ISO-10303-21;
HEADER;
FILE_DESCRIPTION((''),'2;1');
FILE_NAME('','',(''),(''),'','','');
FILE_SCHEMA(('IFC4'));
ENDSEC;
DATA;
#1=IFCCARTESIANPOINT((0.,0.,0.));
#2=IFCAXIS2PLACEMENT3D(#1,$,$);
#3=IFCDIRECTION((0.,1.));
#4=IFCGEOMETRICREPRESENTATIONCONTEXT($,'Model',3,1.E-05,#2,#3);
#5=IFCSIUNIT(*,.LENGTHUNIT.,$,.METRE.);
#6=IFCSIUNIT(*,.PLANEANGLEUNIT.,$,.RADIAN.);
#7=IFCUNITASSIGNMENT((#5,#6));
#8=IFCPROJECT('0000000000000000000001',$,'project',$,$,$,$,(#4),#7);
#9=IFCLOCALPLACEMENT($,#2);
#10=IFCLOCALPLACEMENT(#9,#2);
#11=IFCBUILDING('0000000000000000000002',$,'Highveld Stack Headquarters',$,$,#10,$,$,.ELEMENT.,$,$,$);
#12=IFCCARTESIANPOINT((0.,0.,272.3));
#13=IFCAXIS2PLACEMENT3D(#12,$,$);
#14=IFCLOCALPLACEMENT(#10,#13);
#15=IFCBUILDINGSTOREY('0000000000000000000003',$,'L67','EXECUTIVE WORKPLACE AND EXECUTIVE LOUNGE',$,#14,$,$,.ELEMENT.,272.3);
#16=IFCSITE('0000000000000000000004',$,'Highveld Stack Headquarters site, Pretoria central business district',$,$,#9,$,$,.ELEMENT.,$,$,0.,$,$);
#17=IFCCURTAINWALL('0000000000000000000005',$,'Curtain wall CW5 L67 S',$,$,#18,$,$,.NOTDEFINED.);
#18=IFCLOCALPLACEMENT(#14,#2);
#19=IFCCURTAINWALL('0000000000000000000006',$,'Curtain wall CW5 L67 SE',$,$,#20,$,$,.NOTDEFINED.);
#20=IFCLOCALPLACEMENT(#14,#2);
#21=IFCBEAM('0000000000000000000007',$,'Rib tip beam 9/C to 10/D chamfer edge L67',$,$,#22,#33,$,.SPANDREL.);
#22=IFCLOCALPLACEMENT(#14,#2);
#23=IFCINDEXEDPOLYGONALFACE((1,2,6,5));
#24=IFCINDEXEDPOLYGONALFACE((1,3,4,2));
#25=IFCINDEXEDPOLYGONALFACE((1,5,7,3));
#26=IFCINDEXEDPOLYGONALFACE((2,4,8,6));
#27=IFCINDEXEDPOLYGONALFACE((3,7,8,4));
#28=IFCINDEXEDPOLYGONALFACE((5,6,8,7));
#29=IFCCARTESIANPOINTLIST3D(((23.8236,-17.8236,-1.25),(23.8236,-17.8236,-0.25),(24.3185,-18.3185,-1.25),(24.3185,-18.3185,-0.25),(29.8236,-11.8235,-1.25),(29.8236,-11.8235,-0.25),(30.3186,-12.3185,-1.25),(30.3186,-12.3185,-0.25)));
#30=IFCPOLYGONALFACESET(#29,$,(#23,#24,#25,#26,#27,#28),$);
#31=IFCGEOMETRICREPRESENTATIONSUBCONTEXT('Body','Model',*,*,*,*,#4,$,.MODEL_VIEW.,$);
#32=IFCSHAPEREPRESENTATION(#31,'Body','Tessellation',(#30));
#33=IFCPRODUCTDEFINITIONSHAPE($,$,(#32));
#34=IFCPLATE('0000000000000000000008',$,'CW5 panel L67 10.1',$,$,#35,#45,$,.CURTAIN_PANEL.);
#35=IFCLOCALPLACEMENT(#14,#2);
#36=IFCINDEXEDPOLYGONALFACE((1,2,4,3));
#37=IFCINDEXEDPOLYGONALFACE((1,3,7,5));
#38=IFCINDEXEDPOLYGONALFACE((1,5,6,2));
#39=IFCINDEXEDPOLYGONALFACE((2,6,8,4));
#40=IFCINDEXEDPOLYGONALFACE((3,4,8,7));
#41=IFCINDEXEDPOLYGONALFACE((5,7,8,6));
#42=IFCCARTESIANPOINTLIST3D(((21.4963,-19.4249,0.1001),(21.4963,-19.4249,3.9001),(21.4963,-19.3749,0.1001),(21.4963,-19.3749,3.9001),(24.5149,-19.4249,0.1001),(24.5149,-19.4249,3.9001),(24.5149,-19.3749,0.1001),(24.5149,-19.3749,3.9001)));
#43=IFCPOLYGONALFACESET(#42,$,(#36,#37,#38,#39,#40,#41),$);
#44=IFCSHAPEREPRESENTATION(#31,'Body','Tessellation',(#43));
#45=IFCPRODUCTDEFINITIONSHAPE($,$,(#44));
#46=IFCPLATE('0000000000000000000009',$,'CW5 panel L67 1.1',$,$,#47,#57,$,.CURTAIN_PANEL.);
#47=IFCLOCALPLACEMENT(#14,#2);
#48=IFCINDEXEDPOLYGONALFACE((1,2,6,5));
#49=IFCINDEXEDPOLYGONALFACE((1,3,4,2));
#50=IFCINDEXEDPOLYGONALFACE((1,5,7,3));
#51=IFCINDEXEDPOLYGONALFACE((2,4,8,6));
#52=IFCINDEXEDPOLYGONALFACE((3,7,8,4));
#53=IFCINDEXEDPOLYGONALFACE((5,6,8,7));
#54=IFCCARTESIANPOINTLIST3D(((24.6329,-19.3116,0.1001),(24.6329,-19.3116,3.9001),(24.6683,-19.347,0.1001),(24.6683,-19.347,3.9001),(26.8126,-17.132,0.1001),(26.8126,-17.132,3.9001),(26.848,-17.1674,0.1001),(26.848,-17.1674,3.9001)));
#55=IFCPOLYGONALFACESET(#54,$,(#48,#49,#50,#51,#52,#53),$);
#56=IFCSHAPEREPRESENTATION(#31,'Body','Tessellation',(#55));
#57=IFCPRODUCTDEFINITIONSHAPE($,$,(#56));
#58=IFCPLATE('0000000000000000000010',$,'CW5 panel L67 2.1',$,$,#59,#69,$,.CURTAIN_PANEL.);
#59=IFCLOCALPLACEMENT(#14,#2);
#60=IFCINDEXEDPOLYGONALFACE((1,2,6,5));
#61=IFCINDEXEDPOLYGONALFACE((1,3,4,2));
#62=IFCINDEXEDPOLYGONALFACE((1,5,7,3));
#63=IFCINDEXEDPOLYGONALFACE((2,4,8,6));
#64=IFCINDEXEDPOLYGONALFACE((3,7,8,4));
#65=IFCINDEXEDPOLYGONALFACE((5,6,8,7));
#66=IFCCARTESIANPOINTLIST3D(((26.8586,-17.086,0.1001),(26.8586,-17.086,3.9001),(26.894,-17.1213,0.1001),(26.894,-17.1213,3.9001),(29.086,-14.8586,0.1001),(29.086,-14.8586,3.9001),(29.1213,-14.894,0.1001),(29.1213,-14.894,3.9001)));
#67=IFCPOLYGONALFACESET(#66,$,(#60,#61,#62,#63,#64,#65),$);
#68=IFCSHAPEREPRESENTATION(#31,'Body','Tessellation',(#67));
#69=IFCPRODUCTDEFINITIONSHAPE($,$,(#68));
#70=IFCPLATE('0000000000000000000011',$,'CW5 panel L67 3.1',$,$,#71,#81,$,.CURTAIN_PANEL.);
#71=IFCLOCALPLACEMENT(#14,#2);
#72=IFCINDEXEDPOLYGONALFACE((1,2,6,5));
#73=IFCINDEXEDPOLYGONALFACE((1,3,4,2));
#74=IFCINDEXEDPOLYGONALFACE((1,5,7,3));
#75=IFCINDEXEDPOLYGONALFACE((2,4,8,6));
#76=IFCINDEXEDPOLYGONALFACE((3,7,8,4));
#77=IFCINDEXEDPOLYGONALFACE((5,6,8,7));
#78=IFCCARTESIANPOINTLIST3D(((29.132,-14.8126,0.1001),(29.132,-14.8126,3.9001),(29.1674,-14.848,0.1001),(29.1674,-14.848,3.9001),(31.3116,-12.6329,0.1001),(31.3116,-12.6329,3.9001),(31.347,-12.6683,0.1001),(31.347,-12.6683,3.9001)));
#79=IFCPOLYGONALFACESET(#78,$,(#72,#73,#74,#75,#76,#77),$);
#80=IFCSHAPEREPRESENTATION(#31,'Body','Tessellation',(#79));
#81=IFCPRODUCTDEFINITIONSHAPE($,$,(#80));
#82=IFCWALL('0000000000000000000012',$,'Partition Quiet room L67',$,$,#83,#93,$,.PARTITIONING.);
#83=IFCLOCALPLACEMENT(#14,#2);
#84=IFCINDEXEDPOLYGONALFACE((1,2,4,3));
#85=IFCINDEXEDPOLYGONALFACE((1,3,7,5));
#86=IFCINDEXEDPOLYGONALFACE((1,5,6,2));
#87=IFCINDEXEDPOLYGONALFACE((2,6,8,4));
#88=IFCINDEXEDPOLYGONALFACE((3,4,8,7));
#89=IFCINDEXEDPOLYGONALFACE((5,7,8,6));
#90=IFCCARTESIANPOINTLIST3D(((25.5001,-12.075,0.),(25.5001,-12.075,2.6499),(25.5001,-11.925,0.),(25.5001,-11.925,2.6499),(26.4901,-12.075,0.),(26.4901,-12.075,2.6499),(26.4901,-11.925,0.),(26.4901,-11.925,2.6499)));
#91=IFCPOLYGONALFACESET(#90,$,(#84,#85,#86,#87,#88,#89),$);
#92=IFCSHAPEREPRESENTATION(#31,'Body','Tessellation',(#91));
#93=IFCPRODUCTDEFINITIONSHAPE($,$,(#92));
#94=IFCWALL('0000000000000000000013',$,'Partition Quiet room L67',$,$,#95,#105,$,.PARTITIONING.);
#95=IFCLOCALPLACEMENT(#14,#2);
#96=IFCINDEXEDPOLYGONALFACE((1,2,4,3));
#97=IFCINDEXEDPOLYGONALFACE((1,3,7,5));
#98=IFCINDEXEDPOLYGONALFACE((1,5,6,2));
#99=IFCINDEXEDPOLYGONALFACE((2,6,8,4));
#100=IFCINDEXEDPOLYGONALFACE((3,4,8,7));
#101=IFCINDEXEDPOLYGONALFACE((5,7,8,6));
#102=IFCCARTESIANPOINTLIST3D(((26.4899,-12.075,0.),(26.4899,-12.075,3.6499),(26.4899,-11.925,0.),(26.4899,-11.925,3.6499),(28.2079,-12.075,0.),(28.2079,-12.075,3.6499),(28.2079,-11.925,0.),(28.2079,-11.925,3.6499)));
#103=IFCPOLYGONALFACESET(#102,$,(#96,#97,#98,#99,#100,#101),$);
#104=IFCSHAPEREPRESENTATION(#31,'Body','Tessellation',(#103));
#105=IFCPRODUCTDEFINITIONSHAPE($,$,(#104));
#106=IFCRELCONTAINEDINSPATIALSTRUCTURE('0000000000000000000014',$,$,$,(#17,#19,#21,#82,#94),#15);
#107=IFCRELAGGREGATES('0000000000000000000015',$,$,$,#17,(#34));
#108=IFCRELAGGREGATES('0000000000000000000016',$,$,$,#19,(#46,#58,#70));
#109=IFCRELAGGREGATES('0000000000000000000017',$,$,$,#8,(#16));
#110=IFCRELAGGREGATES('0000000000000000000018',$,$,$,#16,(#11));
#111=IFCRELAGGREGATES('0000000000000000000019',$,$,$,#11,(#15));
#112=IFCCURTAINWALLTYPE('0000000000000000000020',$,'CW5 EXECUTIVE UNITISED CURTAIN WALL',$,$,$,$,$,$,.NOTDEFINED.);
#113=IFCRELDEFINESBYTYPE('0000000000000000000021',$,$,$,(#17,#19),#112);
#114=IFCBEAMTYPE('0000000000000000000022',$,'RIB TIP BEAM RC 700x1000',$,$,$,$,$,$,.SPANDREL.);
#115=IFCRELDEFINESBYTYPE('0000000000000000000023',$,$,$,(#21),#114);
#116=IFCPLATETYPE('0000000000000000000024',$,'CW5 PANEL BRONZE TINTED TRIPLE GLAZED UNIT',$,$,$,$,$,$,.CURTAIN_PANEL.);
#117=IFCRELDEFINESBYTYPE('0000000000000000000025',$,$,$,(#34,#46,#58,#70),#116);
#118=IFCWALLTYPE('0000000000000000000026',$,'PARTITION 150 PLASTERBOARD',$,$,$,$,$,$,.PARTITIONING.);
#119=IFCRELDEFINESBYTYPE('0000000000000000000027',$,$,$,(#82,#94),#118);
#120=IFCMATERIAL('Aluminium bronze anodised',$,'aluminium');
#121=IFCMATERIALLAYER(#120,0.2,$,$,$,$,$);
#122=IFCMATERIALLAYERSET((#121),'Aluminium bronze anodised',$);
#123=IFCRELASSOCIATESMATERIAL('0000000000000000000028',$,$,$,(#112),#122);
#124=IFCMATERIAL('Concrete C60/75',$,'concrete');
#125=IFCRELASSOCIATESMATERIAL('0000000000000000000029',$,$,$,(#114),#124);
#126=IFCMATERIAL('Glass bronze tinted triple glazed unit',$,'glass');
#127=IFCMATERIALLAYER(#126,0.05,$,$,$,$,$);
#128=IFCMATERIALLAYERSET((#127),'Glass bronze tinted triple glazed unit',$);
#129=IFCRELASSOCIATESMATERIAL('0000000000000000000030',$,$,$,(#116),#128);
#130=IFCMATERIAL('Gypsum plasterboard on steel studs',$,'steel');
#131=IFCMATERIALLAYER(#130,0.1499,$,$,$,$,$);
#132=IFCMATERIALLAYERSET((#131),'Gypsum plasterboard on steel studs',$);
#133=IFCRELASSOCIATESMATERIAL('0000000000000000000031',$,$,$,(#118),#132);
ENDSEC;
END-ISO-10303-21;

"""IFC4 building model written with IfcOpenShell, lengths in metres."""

from ifc_helpers import new_model, si_unit, direction, frame, frame_2d, origin, origin_2d, place, context, subcontext, project, spatial, rectangle, extrude, material, layer, layer_set, material_profile, profile_set, type_object, element, aggregate, save


model = new_model("IFC4")

# Units and contexts
model_context = context("Model", 3, precision=1e-05, world=origin(), true_north=direction((0.0, 1.0)))
body_context = subcontext(model_context, "Body", "Model", "MODEL_VIEW")
ifc_project = project(units=[si_unit("LENGTHUNIT", "METRE"), si_unit("PLANEANGLEUNIT", "RADIAN")], contexts=[model_context])

# Site, building, storey
site_placement = place(None, origin())
site = spatial("IfcSite", under=ifc_project, at=site_placement, Name="Highveld Stack Headquarters site, Pretoria central business district", CompositionType="ELEMENT", RefElevation=0.0)
building_placement = place(site_placement, origin())
building = spatial("IfcBuilding", under=site, at=building_placement, Name="Highveld Stack Headquarters", CompositionType="ELEMENT")
storey_placement = place(building_placement, frame((0.0, 0.0, 272.3)))
storey = spatial("IfcBuildingStorey", under=building, at=storey_placement, Name="L67", Description="EXECUTIVE WORKPLACE AND EXECUTIVE LOUNGE", CompositionType="ELEMENT", Elevation=272.3)

# Curtain wall
ifc_material_1 = material(Name="Aluminium bronze anodised", Category="aluminium")
ifc_layer_1 = layer(ifc_material_1, 0.2)
ifc_layer_set_1 = layer_set([ifc_layer_1], Name="Aluminium bronze anodised")
curtain_wall_type = type_object("IfcCurtainWallType", Name="CW5 EXECUTIVE UNITISED CURTAIN WALL", PredefinedType="NOTDEFINED", material=ifc_layer_set_1)
curtain_wall_1_placement = place(storey_placement, origin())
curtain_wall_1 = element("IfcCurtainWall", 1, at=curtain_wall_1_placement, inside=storey, type_object=curtain_wall_type, Name="Curtain wall CW5 L67 S", PredefinedType="NOTDEFINED")

# Curtain wall
curtain_wall_2_placement = place(storey_placement, origin())
curtain_wall_2 = element("IfcCurtainWall", 2, at=curtain_wall_2_placement, inside=storey, type_object=curtain_wall_type, Name="Curtain wall CW5 L67 SE", PredefinedType="NOTDEFINED")

# Beam
ifc_material_2 = material(Name="Concrete C60/75", Category="concrete")
ifc_material_profile_1 = material_profile(ifc_material_2, rectangle(XDim=0.7, YDim=1.0, at=origin_2d()), Name="RC 700x1000")
ifc_profile_set_1 = profile_set([ifc_material_profile_1], Name="Concrete C60/75")
beam_type = type_object("IfcBeamType", Name="RIB TIP BEAM RC 700x1000", PredefinedType="SPANDREL", material=ifc_profile_set_1)
for number, where, z_axis, x_axis, name in (
    (3, (24.071, -18.071, -0.75), (0.707107, 0.707107, 0.0), (-0.707107, 0.707107, 0.0), "Rib tip beam 9/C to 10/D chamfer edge L67"),
):
    element("IfcBeam", number, at=place(storey_placement, frame(where, z_axis=z_axis, x_axis=x_axis)), inside=storey, type_object=beam_type, Name=name, PredefinedType="SPANDREL", context=body_context, shape_type="SweptSolid", body=[
        extrude(rectangle(XDim=0.7, YDim=1.0, at=origin_2d()), origin(), (0.0, 0.0, 1.0), 8.4854),
    ])

# Plates
ifc_material_3 = material(Name="Glass bronze tinted triple glazed unit", Category="glass")
ifc_layer_2 = layer(ifc_material_3, 0.05)
ifc_layer_set_2 = layer_set([ifc_layer_2], Name="Glass bronze tinted triple glazed unit")
plate_type = type_object("IfcPlateType", Name="CW5 PANEL BRONZE TINTED TRIPLE GLAZED UNIT", PredefinedType="CURTAIN_PANEL", material=ifc_layer_set_2)
plate_1_placement = place(storey_placement, frame((23.0056, -19.3999, 0.1001), z_axis=(0.0, 0.0, 1.0), x_axis=(1.0, 0.0, 0.0)))
plate_1 = element("IfcPlate", 4, at=plate_1_placement, type_object=plate_type, Name="CW5 panel L67 10.1", PredefinedType="CURTAIN_PANEL", context=body_context, shape_type="SweptSolid", body=[
    extrude(rectangle(XDim=3.0186, YDim=0.05, at=origin_2d()), origin(), (0.0, 0.0, 1.0), 3.8),
])
aggregate(curtain_wall_1, [plate_1])
plate_2_placement = place(storey_placement, frame((25.7405, -18.2395, 0.1001), z_axis=(0.0, 0.0, 1.0), x_axis=(0.707107, 0.707107, 0.0)))
plate_2 = element("IfcPlate", 5, at=plate_2_placement, type_object=plate_type, Name="CW5 panel L67 1.1", PredefinedType="CURTAIN_PANEL", context=body_context, shape_type="SweptSolid", body=[
    extrude(rectangle(XDim=3.0825, YDim=0.05, at=origin_2d()), origin(), (0.0, 0.0, 1.0), 3.8),
])
plate_3_placement = place(storey_placement, frame((27.99, -15.99, 0.1001), z_axis=(0.0, 0.0, 1.0), x_axis=(0.707107, 0.707107, 0.0)))
plate_3 = element("IfcPlate", 6, at=plate_3_placement, type_object=plate_type, Name="CW5 panel L67 2.1", PredefinedType="CURTAIN_PANEL", context=body_context, shape_type="SweptSolid", body=[
    extrude(rectangle(XDim=3.1499, YDim=0.05, at=origin_2d()), origin(), (0.0, 0.0, 1.0), 3.8),
])
plate_4_placement = place(storey_placement, frame((30.2395, -13.7405, 0.1001), z_axis=(0.0, 0.0, 1.0), x_axis=(0.707107, 0.707107, 0.0)))
plate_4 = element("IfcPlate", 7, at=plate_4_placement, type_object=plate_type, Name="CW5 panel L67 3.1", PredefinedType="CURTAIN_PANEL", context=body_context, shape_type="SweptSolid", body=[
    extrude(rectangle(XDim=3.0825, YDim=0.05, at=origin_2d()), origin(), (0.0, 0.0, 1.0), 3.8),
])
aggregate(curtain_wall_2, [plate_2, plate_3, plate_4])

# Walls
ifc_material_4 = material(Name="Gypsum plasterboard on steel studs", Category="steel")
ifc_layer_3 = layer(ifc_material_4, 0.1499)
ifc_layer_set_3 = layer_set([ifc_layer_3], Name="Gypsum plasterboard on steel studs")
wall_type = type_object("IfcWallType", Name="PARTITION 150 PLASTERBOARD", PredefinedType="PARTITIONING", material=ifc_layer_set_3)
wall_1_placement = place(storey_placement, frame((25.5, -12.0, 0.0), z_axis=(0.0, 0.0, 1.0), x_axis=(1.0, 0.0, 0.0)))
element("IfcWall", 8, at=wall_1_placement, inside=storey, type_object=wall_type, Name="Partition Quiet room L67", PredefinedType="PARTITIONING", context=body_context, shape_type="SweptSolid", body=[
    extrude(rectangle(XDim=0.99, YDim=0.1499, at=frame_2d((0.4951, 0.0))), origin(), (0.0, 0.0, 1.0), 2.6499),
])
wall_2_placement = place(storey_placement, frame((26.49, -12.0, 0.0), z_axis=(0.0, 0.0, 1.0), x_axis=(1.0, 0.0, 0.0)))
element("IfcWall", 9, at=wall_2_placement, inside=storey, type_object=wall_type, Name="Partition Quiet room L67", PredefinedType="PARTITIONING", context=body_context, shape_type="SweptSolid", body=[
    extrude(rectangle(XDim=1.718, YDim=0.1499, at=frame_2d((0.8589, 0.0))), origin(), (0.0, 0.0, 1.0), 3.6499),
])

save(model, "model.ifc")
